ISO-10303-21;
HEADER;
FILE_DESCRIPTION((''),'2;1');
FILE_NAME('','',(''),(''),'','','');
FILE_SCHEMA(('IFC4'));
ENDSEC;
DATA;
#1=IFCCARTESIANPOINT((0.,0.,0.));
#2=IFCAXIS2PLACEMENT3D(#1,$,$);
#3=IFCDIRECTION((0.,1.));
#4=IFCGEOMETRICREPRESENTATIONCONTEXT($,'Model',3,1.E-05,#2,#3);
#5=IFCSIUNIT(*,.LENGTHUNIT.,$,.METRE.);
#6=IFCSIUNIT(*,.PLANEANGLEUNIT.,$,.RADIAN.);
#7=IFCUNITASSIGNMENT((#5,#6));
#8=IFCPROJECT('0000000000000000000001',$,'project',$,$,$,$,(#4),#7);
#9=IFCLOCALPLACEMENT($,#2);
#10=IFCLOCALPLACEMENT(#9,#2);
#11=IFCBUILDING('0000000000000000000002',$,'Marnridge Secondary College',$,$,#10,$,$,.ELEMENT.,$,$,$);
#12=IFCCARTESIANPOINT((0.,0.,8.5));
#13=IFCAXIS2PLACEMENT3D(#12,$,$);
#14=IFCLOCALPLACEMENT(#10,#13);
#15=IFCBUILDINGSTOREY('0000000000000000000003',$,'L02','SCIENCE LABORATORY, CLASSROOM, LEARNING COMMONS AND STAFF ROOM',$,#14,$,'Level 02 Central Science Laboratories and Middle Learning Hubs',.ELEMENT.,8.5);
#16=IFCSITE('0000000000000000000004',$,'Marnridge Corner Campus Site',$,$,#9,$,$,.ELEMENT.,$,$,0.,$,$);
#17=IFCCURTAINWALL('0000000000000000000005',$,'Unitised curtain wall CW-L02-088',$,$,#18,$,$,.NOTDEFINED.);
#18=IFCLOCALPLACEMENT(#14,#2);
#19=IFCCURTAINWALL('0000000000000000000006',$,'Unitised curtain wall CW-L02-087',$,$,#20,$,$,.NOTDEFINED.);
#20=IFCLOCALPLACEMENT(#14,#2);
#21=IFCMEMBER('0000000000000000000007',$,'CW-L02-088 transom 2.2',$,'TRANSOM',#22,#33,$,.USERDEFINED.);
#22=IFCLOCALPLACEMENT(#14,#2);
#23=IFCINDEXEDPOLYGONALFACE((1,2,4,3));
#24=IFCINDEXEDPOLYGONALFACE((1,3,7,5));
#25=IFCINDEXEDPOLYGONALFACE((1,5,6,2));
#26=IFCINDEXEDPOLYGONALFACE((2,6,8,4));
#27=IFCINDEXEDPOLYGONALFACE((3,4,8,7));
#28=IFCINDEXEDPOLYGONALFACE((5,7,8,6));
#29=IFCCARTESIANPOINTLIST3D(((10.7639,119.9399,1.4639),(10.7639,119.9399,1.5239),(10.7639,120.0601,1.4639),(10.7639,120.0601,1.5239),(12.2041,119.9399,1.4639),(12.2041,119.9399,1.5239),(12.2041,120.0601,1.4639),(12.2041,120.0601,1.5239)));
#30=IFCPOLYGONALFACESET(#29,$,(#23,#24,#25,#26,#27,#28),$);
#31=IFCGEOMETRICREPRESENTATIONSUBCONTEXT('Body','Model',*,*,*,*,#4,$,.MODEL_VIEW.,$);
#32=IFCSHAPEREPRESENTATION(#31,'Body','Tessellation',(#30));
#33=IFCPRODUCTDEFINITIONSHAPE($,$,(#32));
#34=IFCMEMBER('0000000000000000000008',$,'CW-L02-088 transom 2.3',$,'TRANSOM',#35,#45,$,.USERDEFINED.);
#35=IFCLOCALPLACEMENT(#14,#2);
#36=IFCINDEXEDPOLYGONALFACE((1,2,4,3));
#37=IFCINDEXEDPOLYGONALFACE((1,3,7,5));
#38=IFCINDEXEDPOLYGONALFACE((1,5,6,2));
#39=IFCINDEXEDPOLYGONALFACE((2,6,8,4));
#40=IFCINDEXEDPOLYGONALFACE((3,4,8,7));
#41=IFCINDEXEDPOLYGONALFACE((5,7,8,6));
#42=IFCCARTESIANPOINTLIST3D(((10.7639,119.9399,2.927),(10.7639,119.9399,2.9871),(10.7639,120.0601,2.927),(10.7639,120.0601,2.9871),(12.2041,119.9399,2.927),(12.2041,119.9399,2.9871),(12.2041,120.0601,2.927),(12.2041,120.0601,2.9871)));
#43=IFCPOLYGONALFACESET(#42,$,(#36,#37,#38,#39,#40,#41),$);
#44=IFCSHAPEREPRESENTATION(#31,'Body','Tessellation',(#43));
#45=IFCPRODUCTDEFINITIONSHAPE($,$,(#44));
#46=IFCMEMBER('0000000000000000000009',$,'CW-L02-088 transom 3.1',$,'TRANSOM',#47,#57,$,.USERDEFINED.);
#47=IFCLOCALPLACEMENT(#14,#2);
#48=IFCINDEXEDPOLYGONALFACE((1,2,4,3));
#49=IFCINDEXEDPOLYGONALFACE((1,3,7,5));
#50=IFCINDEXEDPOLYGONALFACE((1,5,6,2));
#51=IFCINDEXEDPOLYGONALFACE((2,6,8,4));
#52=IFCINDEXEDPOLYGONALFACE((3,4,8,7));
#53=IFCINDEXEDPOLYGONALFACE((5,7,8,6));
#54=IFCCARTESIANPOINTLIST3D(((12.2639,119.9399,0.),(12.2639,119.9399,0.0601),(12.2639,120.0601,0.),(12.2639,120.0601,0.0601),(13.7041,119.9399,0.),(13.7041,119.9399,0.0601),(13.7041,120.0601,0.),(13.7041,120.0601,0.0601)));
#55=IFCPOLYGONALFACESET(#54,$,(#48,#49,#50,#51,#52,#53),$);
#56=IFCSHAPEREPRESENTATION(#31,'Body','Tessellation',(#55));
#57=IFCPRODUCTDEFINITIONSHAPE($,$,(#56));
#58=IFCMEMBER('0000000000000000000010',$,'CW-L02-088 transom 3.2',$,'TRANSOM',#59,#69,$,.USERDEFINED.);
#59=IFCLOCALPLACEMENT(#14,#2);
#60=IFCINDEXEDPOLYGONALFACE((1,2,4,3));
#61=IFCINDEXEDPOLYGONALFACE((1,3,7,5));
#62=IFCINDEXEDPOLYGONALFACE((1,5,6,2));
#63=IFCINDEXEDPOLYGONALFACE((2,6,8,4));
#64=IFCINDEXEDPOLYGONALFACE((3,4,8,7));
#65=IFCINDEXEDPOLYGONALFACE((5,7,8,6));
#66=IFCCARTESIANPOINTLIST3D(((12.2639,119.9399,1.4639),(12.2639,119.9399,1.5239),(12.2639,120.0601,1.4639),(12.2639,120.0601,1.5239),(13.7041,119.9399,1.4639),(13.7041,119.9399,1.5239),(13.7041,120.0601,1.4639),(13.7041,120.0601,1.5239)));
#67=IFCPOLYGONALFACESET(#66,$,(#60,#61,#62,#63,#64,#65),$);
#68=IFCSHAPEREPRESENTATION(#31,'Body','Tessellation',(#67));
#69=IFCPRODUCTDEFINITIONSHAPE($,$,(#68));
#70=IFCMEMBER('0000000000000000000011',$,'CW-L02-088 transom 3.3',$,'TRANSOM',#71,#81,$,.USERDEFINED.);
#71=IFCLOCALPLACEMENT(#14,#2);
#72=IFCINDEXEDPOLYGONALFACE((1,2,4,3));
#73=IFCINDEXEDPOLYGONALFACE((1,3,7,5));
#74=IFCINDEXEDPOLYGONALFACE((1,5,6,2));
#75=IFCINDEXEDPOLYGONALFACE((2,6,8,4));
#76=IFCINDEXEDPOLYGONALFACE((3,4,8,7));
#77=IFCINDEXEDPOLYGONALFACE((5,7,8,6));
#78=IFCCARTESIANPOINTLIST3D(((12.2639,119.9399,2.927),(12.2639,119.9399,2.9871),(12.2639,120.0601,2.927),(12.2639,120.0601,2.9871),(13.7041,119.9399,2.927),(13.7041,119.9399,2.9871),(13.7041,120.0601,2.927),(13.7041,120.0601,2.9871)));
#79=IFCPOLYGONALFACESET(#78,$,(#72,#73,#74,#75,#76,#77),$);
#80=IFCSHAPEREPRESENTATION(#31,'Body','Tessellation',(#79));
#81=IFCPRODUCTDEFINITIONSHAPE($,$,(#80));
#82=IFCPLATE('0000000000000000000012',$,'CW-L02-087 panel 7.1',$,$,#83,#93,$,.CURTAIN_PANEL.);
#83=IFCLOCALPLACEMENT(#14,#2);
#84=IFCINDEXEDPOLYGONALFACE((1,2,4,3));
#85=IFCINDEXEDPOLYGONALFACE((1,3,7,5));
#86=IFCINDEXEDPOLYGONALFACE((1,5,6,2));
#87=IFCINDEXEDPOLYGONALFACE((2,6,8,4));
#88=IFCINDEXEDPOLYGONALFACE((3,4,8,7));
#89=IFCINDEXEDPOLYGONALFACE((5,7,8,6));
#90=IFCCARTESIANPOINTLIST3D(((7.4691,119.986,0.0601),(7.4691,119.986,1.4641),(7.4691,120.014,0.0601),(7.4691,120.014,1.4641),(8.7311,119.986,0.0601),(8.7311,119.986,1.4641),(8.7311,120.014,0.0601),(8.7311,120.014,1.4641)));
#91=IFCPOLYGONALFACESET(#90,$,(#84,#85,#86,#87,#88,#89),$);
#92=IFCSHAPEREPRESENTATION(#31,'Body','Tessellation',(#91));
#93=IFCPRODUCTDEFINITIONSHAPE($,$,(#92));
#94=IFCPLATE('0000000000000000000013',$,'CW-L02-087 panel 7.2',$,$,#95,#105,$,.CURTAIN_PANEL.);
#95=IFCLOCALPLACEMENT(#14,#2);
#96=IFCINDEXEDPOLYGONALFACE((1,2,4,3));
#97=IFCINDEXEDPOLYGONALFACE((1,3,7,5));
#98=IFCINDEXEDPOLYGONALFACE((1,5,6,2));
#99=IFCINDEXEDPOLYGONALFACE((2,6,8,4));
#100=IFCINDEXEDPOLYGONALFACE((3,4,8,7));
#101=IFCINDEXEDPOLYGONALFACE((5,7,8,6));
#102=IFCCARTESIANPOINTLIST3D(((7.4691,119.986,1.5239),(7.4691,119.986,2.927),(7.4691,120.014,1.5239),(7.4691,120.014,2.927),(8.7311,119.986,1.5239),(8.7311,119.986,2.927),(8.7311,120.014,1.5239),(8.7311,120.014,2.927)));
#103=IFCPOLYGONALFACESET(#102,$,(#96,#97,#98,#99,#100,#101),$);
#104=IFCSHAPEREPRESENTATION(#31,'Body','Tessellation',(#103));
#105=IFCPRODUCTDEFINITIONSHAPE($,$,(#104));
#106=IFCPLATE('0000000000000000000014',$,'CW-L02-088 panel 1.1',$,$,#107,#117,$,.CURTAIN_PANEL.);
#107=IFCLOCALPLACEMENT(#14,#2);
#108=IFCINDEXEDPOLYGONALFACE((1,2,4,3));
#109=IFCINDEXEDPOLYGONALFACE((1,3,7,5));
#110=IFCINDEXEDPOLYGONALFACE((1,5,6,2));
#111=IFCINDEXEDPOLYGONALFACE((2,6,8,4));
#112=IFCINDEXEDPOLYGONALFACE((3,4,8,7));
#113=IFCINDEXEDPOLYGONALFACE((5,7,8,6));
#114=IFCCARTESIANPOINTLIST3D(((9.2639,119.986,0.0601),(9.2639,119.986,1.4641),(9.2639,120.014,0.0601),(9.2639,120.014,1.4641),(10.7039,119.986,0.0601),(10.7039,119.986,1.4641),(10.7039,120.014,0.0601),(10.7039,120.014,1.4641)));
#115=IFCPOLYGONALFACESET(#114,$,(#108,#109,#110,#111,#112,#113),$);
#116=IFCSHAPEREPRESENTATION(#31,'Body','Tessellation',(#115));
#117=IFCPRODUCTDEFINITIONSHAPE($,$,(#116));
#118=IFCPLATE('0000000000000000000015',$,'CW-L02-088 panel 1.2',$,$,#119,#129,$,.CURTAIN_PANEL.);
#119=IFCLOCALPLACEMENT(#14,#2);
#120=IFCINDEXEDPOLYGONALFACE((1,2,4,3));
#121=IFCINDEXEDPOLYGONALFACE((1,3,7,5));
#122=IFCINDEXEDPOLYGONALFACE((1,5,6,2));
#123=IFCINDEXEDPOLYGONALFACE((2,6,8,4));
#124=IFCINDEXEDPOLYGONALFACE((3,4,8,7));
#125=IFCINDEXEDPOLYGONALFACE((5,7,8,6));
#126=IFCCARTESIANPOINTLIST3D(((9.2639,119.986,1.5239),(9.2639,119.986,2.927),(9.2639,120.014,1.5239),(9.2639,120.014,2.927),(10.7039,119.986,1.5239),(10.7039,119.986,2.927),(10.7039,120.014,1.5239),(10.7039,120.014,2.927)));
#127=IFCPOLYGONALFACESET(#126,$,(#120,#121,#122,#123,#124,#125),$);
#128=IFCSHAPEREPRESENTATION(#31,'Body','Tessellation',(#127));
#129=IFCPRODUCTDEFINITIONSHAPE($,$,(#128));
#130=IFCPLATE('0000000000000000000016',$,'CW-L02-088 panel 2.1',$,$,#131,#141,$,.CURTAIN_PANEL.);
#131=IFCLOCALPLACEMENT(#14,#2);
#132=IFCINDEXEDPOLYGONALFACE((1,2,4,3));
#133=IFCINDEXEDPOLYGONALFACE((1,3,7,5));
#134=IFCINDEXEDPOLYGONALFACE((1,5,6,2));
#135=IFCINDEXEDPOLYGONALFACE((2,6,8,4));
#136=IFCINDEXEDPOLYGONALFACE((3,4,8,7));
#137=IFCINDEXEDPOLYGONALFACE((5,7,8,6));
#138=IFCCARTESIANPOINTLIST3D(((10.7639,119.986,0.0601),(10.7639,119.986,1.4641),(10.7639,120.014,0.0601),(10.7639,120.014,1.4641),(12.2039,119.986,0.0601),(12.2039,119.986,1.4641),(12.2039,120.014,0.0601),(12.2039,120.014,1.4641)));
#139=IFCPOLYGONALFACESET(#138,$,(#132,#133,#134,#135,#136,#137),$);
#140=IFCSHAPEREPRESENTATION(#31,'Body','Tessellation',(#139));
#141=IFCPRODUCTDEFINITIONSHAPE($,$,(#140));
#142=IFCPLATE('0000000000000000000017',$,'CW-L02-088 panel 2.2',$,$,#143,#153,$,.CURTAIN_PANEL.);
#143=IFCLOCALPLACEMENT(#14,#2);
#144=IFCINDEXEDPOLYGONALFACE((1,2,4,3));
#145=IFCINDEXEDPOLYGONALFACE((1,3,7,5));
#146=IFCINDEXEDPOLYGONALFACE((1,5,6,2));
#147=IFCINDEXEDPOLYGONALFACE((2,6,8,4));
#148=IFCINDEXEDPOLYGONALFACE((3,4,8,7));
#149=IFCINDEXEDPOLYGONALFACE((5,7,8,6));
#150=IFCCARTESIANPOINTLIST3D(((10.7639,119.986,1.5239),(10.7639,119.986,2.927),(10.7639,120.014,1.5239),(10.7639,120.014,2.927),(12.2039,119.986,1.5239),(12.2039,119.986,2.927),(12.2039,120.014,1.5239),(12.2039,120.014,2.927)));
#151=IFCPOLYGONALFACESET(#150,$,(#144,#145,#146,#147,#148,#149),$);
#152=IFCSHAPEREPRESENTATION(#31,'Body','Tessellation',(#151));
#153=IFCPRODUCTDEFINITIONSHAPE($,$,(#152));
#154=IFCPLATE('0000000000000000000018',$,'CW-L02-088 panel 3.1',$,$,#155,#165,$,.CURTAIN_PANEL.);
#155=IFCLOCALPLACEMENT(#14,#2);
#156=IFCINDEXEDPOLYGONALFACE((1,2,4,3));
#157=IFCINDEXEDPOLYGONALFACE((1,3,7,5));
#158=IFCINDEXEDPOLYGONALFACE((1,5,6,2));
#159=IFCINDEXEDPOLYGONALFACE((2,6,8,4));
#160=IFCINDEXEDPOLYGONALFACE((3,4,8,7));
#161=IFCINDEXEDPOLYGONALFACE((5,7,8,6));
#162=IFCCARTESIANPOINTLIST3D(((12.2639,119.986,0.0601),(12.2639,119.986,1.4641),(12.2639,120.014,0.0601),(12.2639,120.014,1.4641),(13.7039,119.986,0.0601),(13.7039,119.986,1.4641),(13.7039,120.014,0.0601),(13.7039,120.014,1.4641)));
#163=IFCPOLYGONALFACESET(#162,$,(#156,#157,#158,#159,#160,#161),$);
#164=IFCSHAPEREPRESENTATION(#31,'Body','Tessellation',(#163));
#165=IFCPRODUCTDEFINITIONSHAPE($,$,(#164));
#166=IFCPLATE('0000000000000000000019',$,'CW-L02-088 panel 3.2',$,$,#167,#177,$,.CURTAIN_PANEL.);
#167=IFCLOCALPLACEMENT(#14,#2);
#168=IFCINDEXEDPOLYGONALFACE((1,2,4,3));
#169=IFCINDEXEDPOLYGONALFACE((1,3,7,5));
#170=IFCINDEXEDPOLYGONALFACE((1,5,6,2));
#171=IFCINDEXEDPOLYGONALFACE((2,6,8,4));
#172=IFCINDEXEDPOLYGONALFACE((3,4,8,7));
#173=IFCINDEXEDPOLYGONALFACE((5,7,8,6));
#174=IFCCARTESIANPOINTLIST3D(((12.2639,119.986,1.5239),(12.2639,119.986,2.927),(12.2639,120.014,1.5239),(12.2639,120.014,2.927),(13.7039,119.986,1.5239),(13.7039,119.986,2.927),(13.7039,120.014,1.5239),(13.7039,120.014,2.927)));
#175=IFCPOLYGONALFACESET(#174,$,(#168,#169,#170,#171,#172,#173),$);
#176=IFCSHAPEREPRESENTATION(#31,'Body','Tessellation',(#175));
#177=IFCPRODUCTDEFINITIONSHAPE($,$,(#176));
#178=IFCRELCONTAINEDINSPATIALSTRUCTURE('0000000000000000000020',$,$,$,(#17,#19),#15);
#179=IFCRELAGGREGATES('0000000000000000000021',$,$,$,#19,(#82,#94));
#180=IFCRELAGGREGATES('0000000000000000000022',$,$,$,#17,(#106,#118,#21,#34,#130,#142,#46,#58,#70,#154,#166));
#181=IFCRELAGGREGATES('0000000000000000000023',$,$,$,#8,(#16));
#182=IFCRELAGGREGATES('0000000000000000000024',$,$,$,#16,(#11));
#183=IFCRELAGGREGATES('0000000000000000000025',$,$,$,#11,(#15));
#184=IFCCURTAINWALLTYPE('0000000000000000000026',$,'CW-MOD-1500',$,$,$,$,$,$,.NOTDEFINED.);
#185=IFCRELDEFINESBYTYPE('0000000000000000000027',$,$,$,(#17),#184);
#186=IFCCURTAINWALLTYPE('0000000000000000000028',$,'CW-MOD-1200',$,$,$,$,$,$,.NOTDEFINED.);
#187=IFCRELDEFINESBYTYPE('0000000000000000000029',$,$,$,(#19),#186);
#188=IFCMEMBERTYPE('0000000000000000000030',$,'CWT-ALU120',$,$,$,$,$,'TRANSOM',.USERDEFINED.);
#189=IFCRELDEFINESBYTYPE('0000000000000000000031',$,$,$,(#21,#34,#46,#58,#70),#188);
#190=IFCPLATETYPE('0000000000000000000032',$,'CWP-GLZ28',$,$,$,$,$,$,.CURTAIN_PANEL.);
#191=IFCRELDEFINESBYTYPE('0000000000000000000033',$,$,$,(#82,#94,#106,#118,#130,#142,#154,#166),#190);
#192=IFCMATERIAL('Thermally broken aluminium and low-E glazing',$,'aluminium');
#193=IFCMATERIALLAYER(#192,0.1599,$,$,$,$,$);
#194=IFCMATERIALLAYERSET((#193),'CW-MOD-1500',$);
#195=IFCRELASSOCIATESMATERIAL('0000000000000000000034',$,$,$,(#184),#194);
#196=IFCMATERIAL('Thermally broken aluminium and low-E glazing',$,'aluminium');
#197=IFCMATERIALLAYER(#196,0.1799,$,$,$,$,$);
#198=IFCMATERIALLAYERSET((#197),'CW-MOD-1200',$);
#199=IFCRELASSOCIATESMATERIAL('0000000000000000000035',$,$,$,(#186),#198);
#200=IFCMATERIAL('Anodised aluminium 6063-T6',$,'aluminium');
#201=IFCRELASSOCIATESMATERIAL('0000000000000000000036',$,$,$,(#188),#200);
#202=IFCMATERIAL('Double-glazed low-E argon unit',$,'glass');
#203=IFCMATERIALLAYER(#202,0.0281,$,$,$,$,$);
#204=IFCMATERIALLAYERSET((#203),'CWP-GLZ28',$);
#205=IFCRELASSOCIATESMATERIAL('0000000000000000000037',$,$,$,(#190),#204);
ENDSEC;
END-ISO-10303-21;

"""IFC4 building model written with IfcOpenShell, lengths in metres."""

from ifc_helpers import new_model, si_unit, direction, frame, origin, origin_2d, place, context, subcontext, project, spatial, rectangle, extrude, material, layer, layer_set, material_profile, profile_set, type_object, element, aggregate, save


model = new_model("IFC4")

# Units and contexts
model_context = context("Model", 3, precision=1e-05, world=origin(), true_north=direction((0.0, 1.0)))
body_context = subcontext(model_context, "Body", "Model", "MODEL_VIEW")
ifc_project = project(units=[si_unit("LENGTHUNIT", "METRE"), si_unit("PLANEANGLEUNIT", "RADIAN")], contexts=[model_context])

# Site, building, storey
site_placement = place(None, origin())
site = spatial("IfcSite", under=ifc_project, at=site_placement, Name="Marnridge Corner Campus Site", CompositionType="ELEMENT", RefElevation=0.0)
building_placement = place(site_placement, origin())
building = spatial("IfcBuilding", under=site, at=building_placement, Name="Marnridge Secondary College", CompositionType="ELEMENT")
storey_placement = place(building_placement, frame((0.0, 0.0, 8.5)))
storey = spatial("IfcBuildingStorey", under=building, at=storey_placement, Name="L02", Description="SCIENCE LABORATORY, CLASSROOM, LEARNING COMMONS AND STAFF ROOM", LongName="Level 02 Central Science Laboratories and Middle Learning Hubs", CompositionType="ELEMENT", Elevation=8.5)

# Curtain wall
ifc_material_1 = material(Name="Thermally broken aluminium and low-E glazing", Category="aluminium")
ifc_layer_1 = layer(ifc_material_1, 0.1599)
ifc_layer_set_1 = layer_set([ifc_layer_1], Name="CW-MOD-1500")
curtain_wall_type_1 = type_object("IfcCurtainWallType", Name="CW-MOD-1500", PredefinedType="NOTDEFINED", material=ifc_layer_set_1)
curtain_wall_1_placement = place(storey_placement, origin())
curtain_wall_1 = element("IfcCurtainWall", 1, at=curtain_wall_1_placement, inside=storey, type_object=curtain_wall_type_1, Name="Unitised curtain wall CW-L02-088", PredefinedType="NOTDEFINED")

# Curtain wall
ifc_material_2 = material(Name="Thermally broken aluminium and low-E glazing", Category="aluminium")
ifc_layer_2 = layer(ifc_material_2, 0.1799)
ifc_layer_set_2 = layer_set([ifc_layer_2], Name="CW-MOD-1200")
curtain_wall_type_2 = type_object("IfcCurtainWallType", Name="CW-MOD-1200", PredefinedType="NOTDEFINED", material=ifc_layer_set_2)
curtain_wall_2_placement = place(storey_placement, origin())
curtain_wall_2 = element("IfcCurtainWall", 2, at=curtain_wall_2_placement, inside=storey, type_object=curtain_wall_type_2, Name="Unitised curtain wall CW-L02-087", PredefinedType="NOTDEFINED")

# Members
ifc_material_3 = material(Name="Anodised aluminium 6063-T6", Category="aluminium")
ifc_material_profile_1 = material_profile(ifc_material_3, rectangle(XDim=0.0601, YDim=0.1201, at=origin_2d()), Name="ALU 60x120")
ifc_profile_set_1 = profile_set([ifc_material_profile_1], Name="Anodised aluminium 6063-T6")
member_type_1 = type_object("IfcMemberType", Name="CWT-ALU120", ElementType="TRANSOM", PredefinedType="USERDEFINED", material=ifc_profile_set_1)
member_1_placement = place(storey_placement, frame((10.7639, 120.0, 1.4939), z_axis=(1.0, 0.0, 0.0), x_axis=(0.0, 0.0, 1.0)))
member_1 = element("IfcMember", 3, at=member_1_placement, type_object=member_type_1, Name="CW-L02-088 transom 2.2", ObjectType="TRANSOM", PredefinedType="USERDEFINED", context=body_context, shape_type="SweptSolid", body=[
    extrude(rectangle(XDim=0.0601, YDim=0.1201, at=origin_2d()), origin(), (0.0, 0.0, 1.0), 1.4402),
])
member_2_placement = place(storey_placement, frame((10.7639, 120.0, 2.957), z_axis=(1.0, 0.0, 0.0), x_axis=(0.0, 0.0, 1.0)))
member_2 = element("IfcMember", 4, at=member_2_placement, type_object=member_type_1, Name="CW-L02-088 transom 2.3", ObjectType="TRANSOM", PredefinedType="USERDEFINED", context=body_context, shape_type="SweptSolid", body=[
    extrude(rectangle(XDim=0.0601, YDim=0.1201, at=origin_2d()), origin(), (0.0, 0.0, 1.0), 1.4402),
])
member_3_placement = place(storey_placement, frame((12.2639, 120.0, 0.03), z_axis=(1.0, 0.0, 0.0), x_axis=(0.0, 0.0, 1.0)))
member_3 = element("IfcMember", 5, at=member_3_placement, type_object=member_type_1, Name="CW-L02-088 transom 3.1", ObjectType="TRANSOM", PredefinedType="USERDEFINED", context=body_context, shape_type="SweptSolid", body=[
    extrude(rectangle(XDim=0.0601, YDim=0.1201, at=origin_2d()), origin(), (0.0, 0.0, 1.0), 1.4402),
])
member_4_placement = place(storey_placement, frame((12.2639, 120.0, 1.4939), z_axis=(1.0, 0.0, 0.0), x_axis=(0.0, 0.0, 1.0)))
member_4 = element("IfcMember", 6, at=member_4_placement, type_object=member_type_1, Name="CW-L02-088 transom 3.2", ObjectType="TRANSOM", PredefinedType="USERDEFINED", context=body_context, shape_type="SweptSolid", body=[
    extrude(rectangle(XDim=0.0601, YDim=0.1201, at=origin_2d()), origin(), (0.0, 0.0, 1.0), 1.4402),
])
member_5_placement = place(storey_placement, frame((12.2639, 120.0, 2.957), z_axis=(1.0, 0.0, 0.0), x_axis=(0.0, 0.0, 1.0)))
member_5 = element("IfcMember", 7, at=member_5_placement, type_object=member_type_1, Name="CW-L02-088 transom 3.3", ObjectType="TRANSOM", PredefinedType="USERDEFINED", context=body_context, shape_type="SweptSolid", body=[
    extrude(rectangle(XDim=0.0601, YDim=0.1201, at=origin_2d()), origin(), (0.0, 0.0, 1.0), 1.4402),
])

# Plates
ifc_material_4 = material(Name="Double-glazed low-E argon unit", Category="glass")
ifc_layer_3 = layer(ifc_material_4, 0.0281)
ifc_layer_set_3 = layer_set([ifc_layer_3], Name="CWP-GLZ28")
plate_type = type_object("IfcPlateType", Name="CWP-GLZ28", PredefinedType="CURTAIN_PANEL", material=ifc_layer_set_3)
plate_1_placement = place(storey_placement, frame((8.1001, 120.0, 0.0601), z_axis=(0.0, 0.0, 1.0), x_axis=(1.0, 0.0, 0.0)))
plate_1 = element("IfcPlate", 8, at=plate_1_placement, type_object=plate_type, Name="CW-L02-087 panel 7.1", PredefinedType="CURTAIN_PANEL", context=body_context, shape_type="SweptSolid", body=[
    extrude(rectangle(XDim=1.262, YDim=0.0281, at=origin_2d()), origin(), (0.0, 0.0, 1.0), 1.4041),
])
plate_2_placement = place(storey_placement, frame((8.1001, 120.0, 1.5239), z_axis=(0.0, 0.0, 1.0), x_axis=(1.0, 0.0, 0.0)))
plate_2 = element("IfcPlate", 9, at=plate_2_placement, type_object=plate_type, Name="CW-L02-087 panel 7.2", PredefinedType="CURTAIN_PANEL", context=body_context, shape_type="SweptSolid", body=[
    extrude(rectangle(XDim=1.262, YDim=0.0281, at=origin_2d()), origin(), (0.0, 0.0, 1.0), 1.4031),
])
aggregate(curtain_wall_2, [plate_1, plate_2])
plate_3_placement = place(storey_placement, frame((9.9839, 120.0, 0.0601), z_axis=(0.0, 0.0, 1.0), x_axis=(1.0, 0.0, 0.0)))
plate_3 = element("IfcPlate", 10, at=plate_3_placement, type_object=plate_type, Name="CW-L02-088 panel 1.1", PredefinedType="CURTAIN_PANEL", context=body_context, shape_type="SweptSolid", body=[
    extrude(rectangle(XDim=1.4399, YDim=0.0281, at=origin_2d()), origin(), (0.0, 0.0, 1.0), 1.4041),
])
plate_4_placement = place(storey_placement, frame((9.9839, 120.0, 1.5239), z_axis=(0.0, 0.0, 1.0), x_axis=(1.0, 0.0, 0.0)))
plate_4 = element("IfcPlate", 11, at=plate_4_placement, type_object=plate_type, Name="CW-L02-088 panel 1.2", PredefinedType="CURTAIN_PANEL", context=body_context, shape_type="SweptSolid", body=[
    extrude(rectangle(XDim=1.4399, YDim=0.0281, at=origin_2d()), origin(), (0.0, 0.0, 1.0), 1.4031),
])
plate_5_placement = place(storey_placement, frame((11.4839, 120.0, 0.0601), z_axis=(0.0, 0.0, 1.0), x_axis=(1.0, 0.0, 0.0)))
plate_5 = element("IfcPlate", 12, at=plate_5_placement, type_object=plate_type, Name="CW-L02-088 panel 2.1", PredefinedType="CURTAIN_PANEL", context=body_context, shape_type="SweptSolid", body=[
    extrude(rectangle(XDim=1.4399, YDim=0.0281, at=origin_2d()), origin(), (0.0, 0.0, 1.0), 1.4041),
])
plate_6_placement = place(storey_placement, frame((11.4839, 120.0, 1.5239), z_axis=(0.0, 0.0, 1.0), x_axis=(1.0, 0.0, 0.0)))
plate_6 = element("IfcPlate", 13, at=plate_6_placement, type_object=plate_type, Name="CW-L02-088 panel 2.2", PredefinedType="CURTAIN_PANEL", context=body_context, shape_type="SweptSolid", body=[
    extrude(rectangle(XDim=1.4399, YDim=0.0281, at=origin_2d()), origin(), (0.0, 0.0, 1.0), 1.4031),
])
plate_7_placement = place(storey_placement, frame((12.9839, 120.0, 0.0601), z_axis=(0.0, 0.0, 1.0), x_axis=(1.0, 0.0, 0.0)))
plate_7 = element("IfcPlate", 14, at=plate_7_placement, type_object=plate_type, Name="CW-L02-088 panel 3.1", PredefinedType="CURTAIN_PANEL", context=body_context, shape_type="SweptSolid", body=[
    extrude(rectangle(XDim=1.4399, YDim=0.0281, at=origin_2d()), origin(), (0.0, 0.0, 1.0), 1.4041),
])
plate_8_placement = place(storey_placement, frame((12.9839, 120.0, 1.5239), z_axis=(0.0, 0.0, 1.0), x_axis=(1.0, 0.0, 0.0)))
plate_8 = element("IfcPlate", 15, at=plate_8_placement, type_object=plate_type, Name="CW-L02-088 panel 3.2", PredefinedType="CURTAIN_PANEL", context=body_context, shape_type="SweptSolid", body=[
    extrude(rectangle(XDim=1.4399, YDim=0.0281, at=origin_2d()), origin(), (0.0, 0.0, 1.0), 1.4031),
])
aggregate(curtain_wall_1, [plate_3, plate_4, member_1, member_2, plate_5, plate_6, member_3, member_4, member_5, plate_7, plate_8])

save(model, "model.ifc")
